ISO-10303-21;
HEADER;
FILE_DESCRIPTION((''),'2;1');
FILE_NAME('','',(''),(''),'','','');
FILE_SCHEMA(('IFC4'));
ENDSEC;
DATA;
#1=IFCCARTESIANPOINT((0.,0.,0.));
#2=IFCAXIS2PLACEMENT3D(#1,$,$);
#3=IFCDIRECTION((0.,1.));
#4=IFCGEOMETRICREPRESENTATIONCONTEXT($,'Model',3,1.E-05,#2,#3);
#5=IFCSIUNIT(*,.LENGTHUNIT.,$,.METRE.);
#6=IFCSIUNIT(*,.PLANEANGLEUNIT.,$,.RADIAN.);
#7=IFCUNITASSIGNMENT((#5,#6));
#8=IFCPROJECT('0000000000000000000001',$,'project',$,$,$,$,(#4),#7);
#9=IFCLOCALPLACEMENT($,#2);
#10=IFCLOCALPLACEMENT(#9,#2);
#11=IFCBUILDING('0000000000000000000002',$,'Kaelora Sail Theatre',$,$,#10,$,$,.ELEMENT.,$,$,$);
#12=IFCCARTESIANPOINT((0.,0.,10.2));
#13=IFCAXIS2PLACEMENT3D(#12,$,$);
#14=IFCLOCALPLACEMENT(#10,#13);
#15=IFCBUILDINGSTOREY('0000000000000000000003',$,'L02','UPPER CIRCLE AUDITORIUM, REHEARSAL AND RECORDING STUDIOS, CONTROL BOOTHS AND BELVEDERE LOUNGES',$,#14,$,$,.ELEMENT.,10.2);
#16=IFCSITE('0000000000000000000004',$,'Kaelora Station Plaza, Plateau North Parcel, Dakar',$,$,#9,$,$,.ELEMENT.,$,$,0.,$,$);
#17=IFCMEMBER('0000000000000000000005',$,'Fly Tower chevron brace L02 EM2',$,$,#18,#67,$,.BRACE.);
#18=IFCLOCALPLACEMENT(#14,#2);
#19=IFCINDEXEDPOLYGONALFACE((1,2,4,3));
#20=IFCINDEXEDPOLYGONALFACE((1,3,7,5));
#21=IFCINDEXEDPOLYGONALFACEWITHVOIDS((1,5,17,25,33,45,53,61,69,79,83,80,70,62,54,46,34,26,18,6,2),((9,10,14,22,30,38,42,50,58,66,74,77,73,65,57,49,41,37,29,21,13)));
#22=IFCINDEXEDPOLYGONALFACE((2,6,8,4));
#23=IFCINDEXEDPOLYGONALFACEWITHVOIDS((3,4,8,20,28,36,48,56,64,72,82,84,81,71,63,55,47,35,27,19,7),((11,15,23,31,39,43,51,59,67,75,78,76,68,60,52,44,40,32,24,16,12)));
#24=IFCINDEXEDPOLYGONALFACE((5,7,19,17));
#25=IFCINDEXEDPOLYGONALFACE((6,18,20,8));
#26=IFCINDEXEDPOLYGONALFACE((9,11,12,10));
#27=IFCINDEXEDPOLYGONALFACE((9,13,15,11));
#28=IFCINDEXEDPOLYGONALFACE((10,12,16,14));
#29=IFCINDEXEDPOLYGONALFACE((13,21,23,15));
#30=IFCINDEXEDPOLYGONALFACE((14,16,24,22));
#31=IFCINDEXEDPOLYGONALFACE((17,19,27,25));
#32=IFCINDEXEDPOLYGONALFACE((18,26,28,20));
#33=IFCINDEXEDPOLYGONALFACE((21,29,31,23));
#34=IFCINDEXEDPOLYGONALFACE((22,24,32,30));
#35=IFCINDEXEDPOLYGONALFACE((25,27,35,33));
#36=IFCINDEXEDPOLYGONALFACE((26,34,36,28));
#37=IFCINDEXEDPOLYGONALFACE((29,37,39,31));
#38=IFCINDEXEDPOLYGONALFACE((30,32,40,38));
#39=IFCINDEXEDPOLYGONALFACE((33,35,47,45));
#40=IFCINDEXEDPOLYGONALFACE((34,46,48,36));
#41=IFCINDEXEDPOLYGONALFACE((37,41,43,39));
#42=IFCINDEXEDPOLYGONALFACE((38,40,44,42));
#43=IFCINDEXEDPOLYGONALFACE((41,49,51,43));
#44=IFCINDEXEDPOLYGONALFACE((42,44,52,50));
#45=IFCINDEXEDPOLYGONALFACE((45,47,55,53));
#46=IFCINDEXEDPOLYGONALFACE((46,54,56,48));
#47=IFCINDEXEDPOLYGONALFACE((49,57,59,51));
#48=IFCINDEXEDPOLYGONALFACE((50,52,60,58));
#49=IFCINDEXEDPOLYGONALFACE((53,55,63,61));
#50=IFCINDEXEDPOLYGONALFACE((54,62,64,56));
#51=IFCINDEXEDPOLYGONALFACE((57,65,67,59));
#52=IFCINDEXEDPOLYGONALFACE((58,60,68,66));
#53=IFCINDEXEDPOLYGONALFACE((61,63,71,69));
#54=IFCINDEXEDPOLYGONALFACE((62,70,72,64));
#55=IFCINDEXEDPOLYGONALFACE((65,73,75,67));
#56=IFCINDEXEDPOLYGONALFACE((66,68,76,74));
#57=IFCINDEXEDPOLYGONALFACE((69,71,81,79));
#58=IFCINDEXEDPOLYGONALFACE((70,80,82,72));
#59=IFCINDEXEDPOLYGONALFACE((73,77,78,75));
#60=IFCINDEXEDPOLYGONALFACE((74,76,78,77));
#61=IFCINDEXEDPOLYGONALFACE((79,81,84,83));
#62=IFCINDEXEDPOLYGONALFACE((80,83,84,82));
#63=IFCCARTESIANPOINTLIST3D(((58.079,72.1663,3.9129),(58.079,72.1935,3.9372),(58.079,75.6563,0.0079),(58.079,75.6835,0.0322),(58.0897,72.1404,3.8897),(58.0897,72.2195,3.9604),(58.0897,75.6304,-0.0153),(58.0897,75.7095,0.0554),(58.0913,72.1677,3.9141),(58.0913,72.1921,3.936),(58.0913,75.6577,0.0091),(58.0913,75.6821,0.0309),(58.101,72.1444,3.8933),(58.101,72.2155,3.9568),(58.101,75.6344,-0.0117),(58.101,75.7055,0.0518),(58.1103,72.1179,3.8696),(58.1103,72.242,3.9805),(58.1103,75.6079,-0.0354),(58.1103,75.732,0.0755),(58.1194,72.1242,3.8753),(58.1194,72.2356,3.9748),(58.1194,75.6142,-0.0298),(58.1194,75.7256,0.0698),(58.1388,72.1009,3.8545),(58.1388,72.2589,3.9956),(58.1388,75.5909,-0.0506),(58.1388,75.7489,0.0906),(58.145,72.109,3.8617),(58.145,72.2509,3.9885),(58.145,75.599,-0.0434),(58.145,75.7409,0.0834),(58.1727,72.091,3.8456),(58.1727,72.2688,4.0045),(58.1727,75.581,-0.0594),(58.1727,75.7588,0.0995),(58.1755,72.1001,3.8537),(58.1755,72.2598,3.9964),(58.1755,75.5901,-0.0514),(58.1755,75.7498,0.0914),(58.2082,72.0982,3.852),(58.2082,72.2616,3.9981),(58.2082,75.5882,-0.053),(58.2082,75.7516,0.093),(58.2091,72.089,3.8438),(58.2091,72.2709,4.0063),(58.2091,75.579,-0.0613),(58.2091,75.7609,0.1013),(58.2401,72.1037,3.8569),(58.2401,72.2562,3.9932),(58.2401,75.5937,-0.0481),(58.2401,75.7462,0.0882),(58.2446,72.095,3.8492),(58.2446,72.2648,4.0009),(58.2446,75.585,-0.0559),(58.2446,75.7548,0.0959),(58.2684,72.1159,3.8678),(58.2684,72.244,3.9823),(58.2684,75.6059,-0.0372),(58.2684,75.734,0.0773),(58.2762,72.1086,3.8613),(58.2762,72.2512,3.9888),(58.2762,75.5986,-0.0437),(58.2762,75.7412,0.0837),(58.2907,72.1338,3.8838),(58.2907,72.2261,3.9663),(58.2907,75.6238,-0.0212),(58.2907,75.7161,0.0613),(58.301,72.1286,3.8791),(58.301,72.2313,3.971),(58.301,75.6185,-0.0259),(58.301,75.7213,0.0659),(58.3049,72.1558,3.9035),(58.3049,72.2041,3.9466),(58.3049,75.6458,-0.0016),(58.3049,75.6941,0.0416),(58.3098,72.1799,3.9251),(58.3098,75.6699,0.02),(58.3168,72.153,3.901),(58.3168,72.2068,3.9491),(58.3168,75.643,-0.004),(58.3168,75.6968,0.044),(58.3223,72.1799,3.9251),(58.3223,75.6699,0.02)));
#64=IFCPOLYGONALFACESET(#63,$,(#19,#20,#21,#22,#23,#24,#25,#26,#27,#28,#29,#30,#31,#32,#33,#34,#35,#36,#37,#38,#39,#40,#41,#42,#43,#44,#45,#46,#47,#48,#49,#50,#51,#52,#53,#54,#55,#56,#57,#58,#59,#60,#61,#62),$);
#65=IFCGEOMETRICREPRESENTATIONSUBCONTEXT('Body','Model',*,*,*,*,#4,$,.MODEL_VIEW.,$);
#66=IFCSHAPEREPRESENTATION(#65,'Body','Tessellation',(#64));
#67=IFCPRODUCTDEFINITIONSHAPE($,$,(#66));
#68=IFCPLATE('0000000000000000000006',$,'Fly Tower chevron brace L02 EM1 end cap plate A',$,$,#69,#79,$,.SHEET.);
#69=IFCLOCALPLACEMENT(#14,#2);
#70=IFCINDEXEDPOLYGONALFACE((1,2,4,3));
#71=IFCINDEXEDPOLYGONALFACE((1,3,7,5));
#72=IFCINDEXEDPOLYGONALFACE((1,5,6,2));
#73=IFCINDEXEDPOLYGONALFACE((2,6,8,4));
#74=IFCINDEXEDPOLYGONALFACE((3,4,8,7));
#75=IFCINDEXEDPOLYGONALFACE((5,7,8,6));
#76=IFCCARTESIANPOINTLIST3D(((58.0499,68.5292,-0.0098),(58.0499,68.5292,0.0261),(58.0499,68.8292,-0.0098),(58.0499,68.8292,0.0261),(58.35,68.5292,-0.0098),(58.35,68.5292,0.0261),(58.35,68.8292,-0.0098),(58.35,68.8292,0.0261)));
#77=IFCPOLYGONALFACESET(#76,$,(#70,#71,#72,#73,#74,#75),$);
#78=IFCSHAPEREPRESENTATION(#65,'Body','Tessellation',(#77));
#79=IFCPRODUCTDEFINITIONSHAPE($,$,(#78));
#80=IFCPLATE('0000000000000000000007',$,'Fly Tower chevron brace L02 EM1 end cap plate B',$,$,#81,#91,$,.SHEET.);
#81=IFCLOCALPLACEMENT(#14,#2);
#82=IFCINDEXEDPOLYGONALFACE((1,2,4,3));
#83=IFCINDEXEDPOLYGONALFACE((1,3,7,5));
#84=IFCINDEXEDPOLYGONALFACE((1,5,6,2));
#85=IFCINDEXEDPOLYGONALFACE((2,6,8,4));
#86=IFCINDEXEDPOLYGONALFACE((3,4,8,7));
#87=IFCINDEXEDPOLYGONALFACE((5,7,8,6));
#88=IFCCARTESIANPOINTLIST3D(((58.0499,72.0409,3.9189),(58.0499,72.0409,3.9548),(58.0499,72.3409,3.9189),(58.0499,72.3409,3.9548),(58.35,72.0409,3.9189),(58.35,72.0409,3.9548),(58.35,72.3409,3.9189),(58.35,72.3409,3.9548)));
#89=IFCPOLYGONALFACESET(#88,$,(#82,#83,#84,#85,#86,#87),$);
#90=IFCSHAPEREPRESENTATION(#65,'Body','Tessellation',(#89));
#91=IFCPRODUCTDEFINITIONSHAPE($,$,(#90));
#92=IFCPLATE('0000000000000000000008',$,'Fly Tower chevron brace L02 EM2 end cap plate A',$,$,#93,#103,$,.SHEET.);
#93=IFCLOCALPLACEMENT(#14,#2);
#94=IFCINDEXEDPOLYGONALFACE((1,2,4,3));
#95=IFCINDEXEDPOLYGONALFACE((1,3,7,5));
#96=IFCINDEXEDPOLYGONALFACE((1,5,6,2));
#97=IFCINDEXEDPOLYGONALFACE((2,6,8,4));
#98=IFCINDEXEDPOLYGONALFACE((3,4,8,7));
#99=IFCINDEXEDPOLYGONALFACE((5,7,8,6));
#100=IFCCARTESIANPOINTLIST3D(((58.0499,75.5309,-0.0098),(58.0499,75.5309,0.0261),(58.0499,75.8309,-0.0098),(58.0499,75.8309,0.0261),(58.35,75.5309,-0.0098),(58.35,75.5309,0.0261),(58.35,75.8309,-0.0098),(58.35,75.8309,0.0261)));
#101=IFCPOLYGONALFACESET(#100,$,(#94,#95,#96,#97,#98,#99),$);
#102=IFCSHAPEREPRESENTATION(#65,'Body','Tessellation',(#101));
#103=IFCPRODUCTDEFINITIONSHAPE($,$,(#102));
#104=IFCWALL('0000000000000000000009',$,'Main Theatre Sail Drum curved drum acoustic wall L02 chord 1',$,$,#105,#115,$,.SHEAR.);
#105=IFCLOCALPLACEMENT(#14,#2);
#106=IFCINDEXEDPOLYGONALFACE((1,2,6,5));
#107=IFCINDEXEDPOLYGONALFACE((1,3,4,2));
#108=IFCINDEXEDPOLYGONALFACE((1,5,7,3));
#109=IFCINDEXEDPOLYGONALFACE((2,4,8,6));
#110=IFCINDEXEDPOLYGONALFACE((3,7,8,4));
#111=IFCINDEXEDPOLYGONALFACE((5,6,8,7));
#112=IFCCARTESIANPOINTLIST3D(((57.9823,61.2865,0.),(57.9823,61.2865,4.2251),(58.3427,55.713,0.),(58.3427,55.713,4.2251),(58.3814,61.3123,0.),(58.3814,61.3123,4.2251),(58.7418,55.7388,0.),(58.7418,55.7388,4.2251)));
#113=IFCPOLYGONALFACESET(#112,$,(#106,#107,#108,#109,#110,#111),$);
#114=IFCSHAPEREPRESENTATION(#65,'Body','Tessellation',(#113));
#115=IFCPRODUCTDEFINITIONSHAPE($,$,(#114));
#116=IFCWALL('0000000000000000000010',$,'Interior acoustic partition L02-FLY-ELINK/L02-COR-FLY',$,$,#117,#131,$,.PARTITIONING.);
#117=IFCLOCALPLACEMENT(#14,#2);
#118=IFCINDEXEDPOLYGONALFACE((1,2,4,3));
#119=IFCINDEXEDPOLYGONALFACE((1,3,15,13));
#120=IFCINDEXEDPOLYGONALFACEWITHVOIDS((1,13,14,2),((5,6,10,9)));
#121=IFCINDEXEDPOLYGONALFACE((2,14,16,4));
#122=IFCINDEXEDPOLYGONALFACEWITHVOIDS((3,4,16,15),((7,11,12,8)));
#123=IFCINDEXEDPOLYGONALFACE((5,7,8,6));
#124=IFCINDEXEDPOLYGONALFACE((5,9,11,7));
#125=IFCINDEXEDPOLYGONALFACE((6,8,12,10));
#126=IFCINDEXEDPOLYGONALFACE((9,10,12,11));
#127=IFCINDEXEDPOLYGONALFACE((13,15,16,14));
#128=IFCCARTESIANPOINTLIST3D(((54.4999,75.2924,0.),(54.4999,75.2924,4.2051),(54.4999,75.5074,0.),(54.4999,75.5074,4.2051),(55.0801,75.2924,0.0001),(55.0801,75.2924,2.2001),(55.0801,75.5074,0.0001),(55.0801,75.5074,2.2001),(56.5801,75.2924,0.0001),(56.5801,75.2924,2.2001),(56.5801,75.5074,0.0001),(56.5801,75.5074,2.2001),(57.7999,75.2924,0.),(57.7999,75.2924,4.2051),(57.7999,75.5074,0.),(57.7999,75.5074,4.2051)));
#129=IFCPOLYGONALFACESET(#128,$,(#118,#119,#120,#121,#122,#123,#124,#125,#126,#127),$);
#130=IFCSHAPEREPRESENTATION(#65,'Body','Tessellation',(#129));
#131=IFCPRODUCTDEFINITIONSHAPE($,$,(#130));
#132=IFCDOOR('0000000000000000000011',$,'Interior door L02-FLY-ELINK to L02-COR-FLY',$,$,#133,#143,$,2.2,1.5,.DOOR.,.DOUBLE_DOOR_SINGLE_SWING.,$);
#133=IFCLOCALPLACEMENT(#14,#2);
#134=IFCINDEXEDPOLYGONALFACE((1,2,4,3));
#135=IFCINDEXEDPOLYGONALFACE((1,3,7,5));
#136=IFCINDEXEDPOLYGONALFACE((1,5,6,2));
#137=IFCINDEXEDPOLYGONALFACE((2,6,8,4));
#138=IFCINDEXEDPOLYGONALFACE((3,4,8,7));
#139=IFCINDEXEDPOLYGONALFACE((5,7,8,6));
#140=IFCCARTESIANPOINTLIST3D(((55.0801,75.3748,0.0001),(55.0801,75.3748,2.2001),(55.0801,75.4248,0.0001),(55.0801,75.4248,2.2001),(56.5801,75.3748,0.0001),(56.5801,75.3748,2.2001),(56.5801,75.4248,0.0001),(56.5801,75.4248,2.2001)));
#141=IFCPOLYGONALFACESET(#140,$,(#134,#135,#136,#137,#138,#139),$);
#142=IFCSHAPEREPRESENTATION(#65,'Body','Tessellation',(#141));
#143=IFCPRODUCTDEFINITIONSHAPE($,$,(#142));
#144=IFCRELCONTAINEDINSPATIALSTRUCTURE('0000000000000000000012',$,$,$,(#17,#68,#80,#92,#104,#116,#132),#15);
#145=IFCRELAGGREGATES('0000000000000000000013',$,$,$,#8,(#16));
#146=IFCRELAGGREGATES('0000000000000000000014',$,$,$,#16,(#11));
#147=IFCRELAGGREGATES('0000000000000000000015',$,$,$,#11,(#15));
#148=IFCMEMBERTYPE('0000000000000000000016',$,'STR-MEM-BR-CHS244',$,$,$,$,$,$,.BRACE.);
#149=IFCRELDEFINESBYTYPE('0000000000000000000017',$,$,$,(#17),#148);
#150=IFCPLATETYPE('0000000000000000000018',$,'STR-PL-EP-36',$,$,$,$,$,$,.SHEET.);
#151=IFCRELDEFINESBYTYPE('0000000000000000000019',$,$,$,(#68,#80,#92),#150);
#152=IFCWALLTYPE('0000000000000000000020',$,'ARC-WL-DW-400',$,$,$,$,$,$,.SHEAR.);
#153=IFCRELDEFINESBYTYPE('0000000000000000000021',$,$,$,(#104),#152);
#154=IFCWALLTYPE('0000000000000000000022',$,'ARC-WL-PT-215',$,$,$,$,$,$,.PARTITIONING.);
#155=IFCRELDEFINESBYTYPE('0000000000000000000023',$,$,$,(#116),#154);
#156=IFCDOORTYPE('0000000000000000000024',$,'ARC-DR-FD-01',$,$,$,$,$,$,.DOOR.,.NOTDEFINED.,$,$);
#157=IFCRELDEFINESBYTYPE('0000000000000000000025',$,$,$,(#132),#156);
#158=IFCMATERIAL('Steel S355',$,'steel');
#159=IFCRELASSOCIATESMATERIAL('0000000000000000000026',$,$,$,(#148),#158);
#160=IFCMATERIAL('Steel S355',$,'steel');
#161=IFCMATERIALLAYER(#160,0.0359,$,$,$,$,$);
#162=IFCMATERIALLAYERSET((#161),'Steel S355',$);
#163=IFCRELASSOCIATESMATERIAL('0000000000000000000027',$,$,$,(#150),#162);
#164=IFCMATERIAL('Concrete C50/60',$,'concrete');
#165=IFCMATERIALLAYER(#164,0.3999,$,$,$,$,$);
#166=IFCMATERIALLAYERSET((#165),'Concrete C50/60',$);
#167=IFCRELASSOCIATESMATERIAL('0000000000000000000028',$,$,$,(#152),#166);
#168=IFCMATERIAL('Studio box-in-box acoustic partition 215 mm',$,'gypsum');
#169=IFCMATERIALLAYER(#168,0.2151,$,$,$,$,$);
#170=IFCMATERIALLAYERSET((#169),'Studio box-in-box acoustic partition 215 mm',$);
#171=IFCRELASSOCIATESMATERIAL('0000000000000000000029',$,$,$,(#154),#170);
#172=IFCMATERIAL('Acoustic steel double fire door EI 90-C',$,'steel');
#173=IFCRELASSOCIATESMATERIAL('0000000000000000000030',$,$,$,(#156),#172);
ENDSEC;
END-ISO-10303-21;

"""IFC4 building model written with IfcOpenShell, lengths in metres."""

from ifc_helpers import new_model, si_unit, direction, frame, frame_2d, origin, origin_2d, place, context, subcontext, project, spatial, rectangle, hollow_circle, extrude, material, layer, layer_set, material_profile, profile_set, type_object, element, fill, save


model = new_model("IFC4")

# Units and contexts
model_context = context("Model", 3, precision=1e-05, world=origin(), true_north=direction((0.0, 1.0)))
body_context = subcontext(model_context, "Body", "Model", "MODEL_VIEW")
ifc_project = project(units=[si_unit("LENGTHUNIT", "METRE"), si_unit("PLANEANGLEUNIT", "RADIAN")], contexts=[model_context])

# Site, building, storey
site_placement = place(None, origin())
site = spatial("IfcSite", under=ifc_project, at=site_placement, Name="Kaelora Station Plaza, Plateau North Parcel, Dakar", CompositionType="ELEMENT", RefElevation=0.0)
building_placement = place(site_placement, origin())
building = spatial("IfcBuilding", under=site, at=building_placement, Name="Kaelora Sail Theatre", CompositionType="ELEMENT")
storey_placement = place(building_placement, frame((0.0, 0.0, 10.2)))
storey = spatial("IfcBuildingStorey", under=building, at=storey_placement, Name="L02", Description="UPPER CIRCLE AUDITORIUM, REHEARSAL AND RECORDING STUDIOS, CONTROL BOOTHS AND BELVEDERE LOUNGES", CompositionType="ELEMENT", Elevation=10.2)

# Member
ifc_material_1 = material(Name="Steel S355", Category="steel")
ifc_material_profile_1 = material_profile(ifc_material_1, hollow_circle(Radius=0.1223, WallThickness=0.0125, at=origin_2d()), Name="CHS 244.5x12.5")
ifc_profile_set_1 = profile_set([ifc_material_profile_1], Name="Steel S355")
member_type = type_object("IfcMemberType", Name="STR-MEM-BR-CHS244", PredefinedType="BRACE", material=ifc_profile_set_1)
for number, where, z_axis, x_axis, name in (
    (1, (58.2, 75.6699, 0.02), (0.0, -0.666372, 0.745619), (1.0, 0.0, 0.0), "Fly Tower chevron brace L02 EM2"),
):
    element("IfcMember", number, at=place(storey_placement, frame(where, z_axis=z_axis, x_axis=x_axis)), inside=storey, type_object=member_type, Name=name, PredefinedType="BRACE", context=body_context, shape_type="SweptSolid", body=[
        extrude(hollow_circle(Radius=0.1223, WallThickness=0.0125, at=origin_2d()), origin(), (0.0, 0.0, 1.0), 5.2373),
    ])

# Plates
ifc_material_2 = material(Name="Steel S355", Category="steel")
ifc_layer_1 = layer(ifc_material_2, 0.0359)
ifc_layer_set_1 = layer_set([ifc_layer_1], Name="Steel S355")
plate_type = type_object("IfcPlateType", Name="STR-PL-EP-36", PredefinedType="SHEET", material=ifc_layer_set_1)
for number, where, z_axis, x_axis, name in (
    (2, (58.2, 68.6792, -0.0098), (0.0, 0.0, 1.0), (1.0, 0.0, 0.0), "Fly Tower chevron brace L02 EM1 end cap plate A"),
    (3, (58.2, 72.1909, 3.9189), (0.0, 0.0, 1.0), (1.0, 0.0, 0.0), "Fly Tower chevron brace L02 EM1 end cap plate B"),
    (4, (58.2, 75.6809, -0.0098), (0.0, 0.0, 1.0), (1.0, 0.0, 0.0), "Fly Tower chevron brace L02 EM2 end cap plate A"),
):
    element("IfcPlate", number, at=place(storey_placement, frame(where, z_axis=z_axis, x_axis=x_axis)), inside=storey, type_object=plate_type, Name=name, PredefinedType="SHEET", context=body_context, shape_type="SweptSolid", body=[
        extrude(rectangle(XDim=0.3, YDim=0.3, at=origin_2d()), origin(), (0.0, 0.0, 1.0), 0.0359),
    ])

# Wall
ifc_material_3 = material(Name="Concrete C50/60", Category="concrete")
ifc_layer_2 = layer(ifc_material_3, 0.3999)
ifc_layer_set_2 = layer_set([ifc_layer_2], Name="Concrete C50/60")
wall_type_1 = type_object("IfcWallType", Name="ARC-WL-DW-400", PredefinedType="SHEAR", material=ifc_layer_set_2)
wall_1_placement = place(storey_placement, frame((58.1819, 61.2993, 0.0), z_axis=(0.0, 0.0, 1.0), x_axis=(0.06452, -0.997916, 0.0)))
element("IfcWall", 5, at=wall_1_placement, inside=storey, type_object=wall_type_1, Name="Main Theatre Sail Drum curved drum acoustic wall L02 chord 1", PredefinedType="SHEAR", context=body_context, shape_type="SweptSolid", body=[
    extrude(rectangle(XDim=5.5852, YDim=0.3999, at=frame_2d((2.7925, 0.0))), origin(), (0.0, 0.0, 1.0), 4.2251),
])

# Wall, opening, door
ifc_material_4 = material(Name="Studio box-in-box acoustic partition 215 mm", Category="gypsum")
ifc_layer_3 = layer(ifc_material_4, 0.2151)
ifc_layer_set_3 = layer_set([ifc_layer_3], Name="Studio box-in-box acoustic partition 215 mm")
wall_type_2 = type_object("IfcWallType", Name="ARC-WL-PT-215", PredefinedType="PARTITIONING", material=ifc_layer_set_3)
wall_2_placement = place(storey_placement, frame((54.5, 75.3999, 0.0), z_axis=(0.0, 0.0, 1.0), x_axis=(1.0, 0.0, 0.0)))
wall_2 = element("IfcWall", 6, at=wall_2_placement, inside=storey, type_object=wall_type_2, Name="Interior acoustic partition L02-FLY-ELINK/L02-COR-FLY", PredefinedType="PARTITIONING", context=body_context, shape_type="SweptSolid", body=[
    extrude(rectangle(XDim=3.3, YDim=0.2151, at=frame_2d((1.6499, 0.0))), origin(), (0.0, 0.0, 1.0), 4.2051),
])
opening_1_placement = place(wall_2_placement, frame((0.5801, 0.0, 0.0)))
opening_1 = element("IfcOpeningElement", 7, at=opening_1_placement, cuts=wall_2, PredefinedType="OPENING", context=body_context, shape_type="SweptSolid", body=[
    extrude(rectangle(XDim=1.5, YDim=2.2, at=frame_2d((0.75, 1.1001))), frame((0.0, 0.1174, 0.0), z_axis=(0.0, -1.0, 0.0), x_axis=(1.0, 0.0, 0.0)), (0.0, 0.0, 1.0), 0.2351),
])
ifc_material_5 = material(Name="Acoustic steel double fire door EI 90-C", Category="steel")
door_type_1 = type_object("IfcDoorType", Name="ARC-DR-FD-01", OperationType="NOTDEFINED", PredefinedType="DOOR", material=ifc_material_5)
door_1_placement = place(opening_1_placement, origin())
door_1 = element("IfcDoor", 8, at=door_1_placement, inside=storey, type_object=door_type_1, Name="Interior door L02-FLY-ELINK to L02-COR-FLY", OperationType="DOUBLE_DOOR_SINGLE_SWING", OverallHeight=2.2, OverallWidth=1.5, PredefinedType="DOOR", context=body_context, shape_type="SweptSolid", body=[
    extrude(rectangle(XDim=1.5, YDim=2.2, at=frame_2d((0.75, 1.1001))), frame((0.0, 0.0249, 0.0), z_axis=(0.0, -1.0, 0.0), x_axis=(1.0, 0.0, 0.0)), (0.0, 0.0, 1.0), 0.05),
])
fill(opening_1, door_1)

save(model, "model.ifc")
